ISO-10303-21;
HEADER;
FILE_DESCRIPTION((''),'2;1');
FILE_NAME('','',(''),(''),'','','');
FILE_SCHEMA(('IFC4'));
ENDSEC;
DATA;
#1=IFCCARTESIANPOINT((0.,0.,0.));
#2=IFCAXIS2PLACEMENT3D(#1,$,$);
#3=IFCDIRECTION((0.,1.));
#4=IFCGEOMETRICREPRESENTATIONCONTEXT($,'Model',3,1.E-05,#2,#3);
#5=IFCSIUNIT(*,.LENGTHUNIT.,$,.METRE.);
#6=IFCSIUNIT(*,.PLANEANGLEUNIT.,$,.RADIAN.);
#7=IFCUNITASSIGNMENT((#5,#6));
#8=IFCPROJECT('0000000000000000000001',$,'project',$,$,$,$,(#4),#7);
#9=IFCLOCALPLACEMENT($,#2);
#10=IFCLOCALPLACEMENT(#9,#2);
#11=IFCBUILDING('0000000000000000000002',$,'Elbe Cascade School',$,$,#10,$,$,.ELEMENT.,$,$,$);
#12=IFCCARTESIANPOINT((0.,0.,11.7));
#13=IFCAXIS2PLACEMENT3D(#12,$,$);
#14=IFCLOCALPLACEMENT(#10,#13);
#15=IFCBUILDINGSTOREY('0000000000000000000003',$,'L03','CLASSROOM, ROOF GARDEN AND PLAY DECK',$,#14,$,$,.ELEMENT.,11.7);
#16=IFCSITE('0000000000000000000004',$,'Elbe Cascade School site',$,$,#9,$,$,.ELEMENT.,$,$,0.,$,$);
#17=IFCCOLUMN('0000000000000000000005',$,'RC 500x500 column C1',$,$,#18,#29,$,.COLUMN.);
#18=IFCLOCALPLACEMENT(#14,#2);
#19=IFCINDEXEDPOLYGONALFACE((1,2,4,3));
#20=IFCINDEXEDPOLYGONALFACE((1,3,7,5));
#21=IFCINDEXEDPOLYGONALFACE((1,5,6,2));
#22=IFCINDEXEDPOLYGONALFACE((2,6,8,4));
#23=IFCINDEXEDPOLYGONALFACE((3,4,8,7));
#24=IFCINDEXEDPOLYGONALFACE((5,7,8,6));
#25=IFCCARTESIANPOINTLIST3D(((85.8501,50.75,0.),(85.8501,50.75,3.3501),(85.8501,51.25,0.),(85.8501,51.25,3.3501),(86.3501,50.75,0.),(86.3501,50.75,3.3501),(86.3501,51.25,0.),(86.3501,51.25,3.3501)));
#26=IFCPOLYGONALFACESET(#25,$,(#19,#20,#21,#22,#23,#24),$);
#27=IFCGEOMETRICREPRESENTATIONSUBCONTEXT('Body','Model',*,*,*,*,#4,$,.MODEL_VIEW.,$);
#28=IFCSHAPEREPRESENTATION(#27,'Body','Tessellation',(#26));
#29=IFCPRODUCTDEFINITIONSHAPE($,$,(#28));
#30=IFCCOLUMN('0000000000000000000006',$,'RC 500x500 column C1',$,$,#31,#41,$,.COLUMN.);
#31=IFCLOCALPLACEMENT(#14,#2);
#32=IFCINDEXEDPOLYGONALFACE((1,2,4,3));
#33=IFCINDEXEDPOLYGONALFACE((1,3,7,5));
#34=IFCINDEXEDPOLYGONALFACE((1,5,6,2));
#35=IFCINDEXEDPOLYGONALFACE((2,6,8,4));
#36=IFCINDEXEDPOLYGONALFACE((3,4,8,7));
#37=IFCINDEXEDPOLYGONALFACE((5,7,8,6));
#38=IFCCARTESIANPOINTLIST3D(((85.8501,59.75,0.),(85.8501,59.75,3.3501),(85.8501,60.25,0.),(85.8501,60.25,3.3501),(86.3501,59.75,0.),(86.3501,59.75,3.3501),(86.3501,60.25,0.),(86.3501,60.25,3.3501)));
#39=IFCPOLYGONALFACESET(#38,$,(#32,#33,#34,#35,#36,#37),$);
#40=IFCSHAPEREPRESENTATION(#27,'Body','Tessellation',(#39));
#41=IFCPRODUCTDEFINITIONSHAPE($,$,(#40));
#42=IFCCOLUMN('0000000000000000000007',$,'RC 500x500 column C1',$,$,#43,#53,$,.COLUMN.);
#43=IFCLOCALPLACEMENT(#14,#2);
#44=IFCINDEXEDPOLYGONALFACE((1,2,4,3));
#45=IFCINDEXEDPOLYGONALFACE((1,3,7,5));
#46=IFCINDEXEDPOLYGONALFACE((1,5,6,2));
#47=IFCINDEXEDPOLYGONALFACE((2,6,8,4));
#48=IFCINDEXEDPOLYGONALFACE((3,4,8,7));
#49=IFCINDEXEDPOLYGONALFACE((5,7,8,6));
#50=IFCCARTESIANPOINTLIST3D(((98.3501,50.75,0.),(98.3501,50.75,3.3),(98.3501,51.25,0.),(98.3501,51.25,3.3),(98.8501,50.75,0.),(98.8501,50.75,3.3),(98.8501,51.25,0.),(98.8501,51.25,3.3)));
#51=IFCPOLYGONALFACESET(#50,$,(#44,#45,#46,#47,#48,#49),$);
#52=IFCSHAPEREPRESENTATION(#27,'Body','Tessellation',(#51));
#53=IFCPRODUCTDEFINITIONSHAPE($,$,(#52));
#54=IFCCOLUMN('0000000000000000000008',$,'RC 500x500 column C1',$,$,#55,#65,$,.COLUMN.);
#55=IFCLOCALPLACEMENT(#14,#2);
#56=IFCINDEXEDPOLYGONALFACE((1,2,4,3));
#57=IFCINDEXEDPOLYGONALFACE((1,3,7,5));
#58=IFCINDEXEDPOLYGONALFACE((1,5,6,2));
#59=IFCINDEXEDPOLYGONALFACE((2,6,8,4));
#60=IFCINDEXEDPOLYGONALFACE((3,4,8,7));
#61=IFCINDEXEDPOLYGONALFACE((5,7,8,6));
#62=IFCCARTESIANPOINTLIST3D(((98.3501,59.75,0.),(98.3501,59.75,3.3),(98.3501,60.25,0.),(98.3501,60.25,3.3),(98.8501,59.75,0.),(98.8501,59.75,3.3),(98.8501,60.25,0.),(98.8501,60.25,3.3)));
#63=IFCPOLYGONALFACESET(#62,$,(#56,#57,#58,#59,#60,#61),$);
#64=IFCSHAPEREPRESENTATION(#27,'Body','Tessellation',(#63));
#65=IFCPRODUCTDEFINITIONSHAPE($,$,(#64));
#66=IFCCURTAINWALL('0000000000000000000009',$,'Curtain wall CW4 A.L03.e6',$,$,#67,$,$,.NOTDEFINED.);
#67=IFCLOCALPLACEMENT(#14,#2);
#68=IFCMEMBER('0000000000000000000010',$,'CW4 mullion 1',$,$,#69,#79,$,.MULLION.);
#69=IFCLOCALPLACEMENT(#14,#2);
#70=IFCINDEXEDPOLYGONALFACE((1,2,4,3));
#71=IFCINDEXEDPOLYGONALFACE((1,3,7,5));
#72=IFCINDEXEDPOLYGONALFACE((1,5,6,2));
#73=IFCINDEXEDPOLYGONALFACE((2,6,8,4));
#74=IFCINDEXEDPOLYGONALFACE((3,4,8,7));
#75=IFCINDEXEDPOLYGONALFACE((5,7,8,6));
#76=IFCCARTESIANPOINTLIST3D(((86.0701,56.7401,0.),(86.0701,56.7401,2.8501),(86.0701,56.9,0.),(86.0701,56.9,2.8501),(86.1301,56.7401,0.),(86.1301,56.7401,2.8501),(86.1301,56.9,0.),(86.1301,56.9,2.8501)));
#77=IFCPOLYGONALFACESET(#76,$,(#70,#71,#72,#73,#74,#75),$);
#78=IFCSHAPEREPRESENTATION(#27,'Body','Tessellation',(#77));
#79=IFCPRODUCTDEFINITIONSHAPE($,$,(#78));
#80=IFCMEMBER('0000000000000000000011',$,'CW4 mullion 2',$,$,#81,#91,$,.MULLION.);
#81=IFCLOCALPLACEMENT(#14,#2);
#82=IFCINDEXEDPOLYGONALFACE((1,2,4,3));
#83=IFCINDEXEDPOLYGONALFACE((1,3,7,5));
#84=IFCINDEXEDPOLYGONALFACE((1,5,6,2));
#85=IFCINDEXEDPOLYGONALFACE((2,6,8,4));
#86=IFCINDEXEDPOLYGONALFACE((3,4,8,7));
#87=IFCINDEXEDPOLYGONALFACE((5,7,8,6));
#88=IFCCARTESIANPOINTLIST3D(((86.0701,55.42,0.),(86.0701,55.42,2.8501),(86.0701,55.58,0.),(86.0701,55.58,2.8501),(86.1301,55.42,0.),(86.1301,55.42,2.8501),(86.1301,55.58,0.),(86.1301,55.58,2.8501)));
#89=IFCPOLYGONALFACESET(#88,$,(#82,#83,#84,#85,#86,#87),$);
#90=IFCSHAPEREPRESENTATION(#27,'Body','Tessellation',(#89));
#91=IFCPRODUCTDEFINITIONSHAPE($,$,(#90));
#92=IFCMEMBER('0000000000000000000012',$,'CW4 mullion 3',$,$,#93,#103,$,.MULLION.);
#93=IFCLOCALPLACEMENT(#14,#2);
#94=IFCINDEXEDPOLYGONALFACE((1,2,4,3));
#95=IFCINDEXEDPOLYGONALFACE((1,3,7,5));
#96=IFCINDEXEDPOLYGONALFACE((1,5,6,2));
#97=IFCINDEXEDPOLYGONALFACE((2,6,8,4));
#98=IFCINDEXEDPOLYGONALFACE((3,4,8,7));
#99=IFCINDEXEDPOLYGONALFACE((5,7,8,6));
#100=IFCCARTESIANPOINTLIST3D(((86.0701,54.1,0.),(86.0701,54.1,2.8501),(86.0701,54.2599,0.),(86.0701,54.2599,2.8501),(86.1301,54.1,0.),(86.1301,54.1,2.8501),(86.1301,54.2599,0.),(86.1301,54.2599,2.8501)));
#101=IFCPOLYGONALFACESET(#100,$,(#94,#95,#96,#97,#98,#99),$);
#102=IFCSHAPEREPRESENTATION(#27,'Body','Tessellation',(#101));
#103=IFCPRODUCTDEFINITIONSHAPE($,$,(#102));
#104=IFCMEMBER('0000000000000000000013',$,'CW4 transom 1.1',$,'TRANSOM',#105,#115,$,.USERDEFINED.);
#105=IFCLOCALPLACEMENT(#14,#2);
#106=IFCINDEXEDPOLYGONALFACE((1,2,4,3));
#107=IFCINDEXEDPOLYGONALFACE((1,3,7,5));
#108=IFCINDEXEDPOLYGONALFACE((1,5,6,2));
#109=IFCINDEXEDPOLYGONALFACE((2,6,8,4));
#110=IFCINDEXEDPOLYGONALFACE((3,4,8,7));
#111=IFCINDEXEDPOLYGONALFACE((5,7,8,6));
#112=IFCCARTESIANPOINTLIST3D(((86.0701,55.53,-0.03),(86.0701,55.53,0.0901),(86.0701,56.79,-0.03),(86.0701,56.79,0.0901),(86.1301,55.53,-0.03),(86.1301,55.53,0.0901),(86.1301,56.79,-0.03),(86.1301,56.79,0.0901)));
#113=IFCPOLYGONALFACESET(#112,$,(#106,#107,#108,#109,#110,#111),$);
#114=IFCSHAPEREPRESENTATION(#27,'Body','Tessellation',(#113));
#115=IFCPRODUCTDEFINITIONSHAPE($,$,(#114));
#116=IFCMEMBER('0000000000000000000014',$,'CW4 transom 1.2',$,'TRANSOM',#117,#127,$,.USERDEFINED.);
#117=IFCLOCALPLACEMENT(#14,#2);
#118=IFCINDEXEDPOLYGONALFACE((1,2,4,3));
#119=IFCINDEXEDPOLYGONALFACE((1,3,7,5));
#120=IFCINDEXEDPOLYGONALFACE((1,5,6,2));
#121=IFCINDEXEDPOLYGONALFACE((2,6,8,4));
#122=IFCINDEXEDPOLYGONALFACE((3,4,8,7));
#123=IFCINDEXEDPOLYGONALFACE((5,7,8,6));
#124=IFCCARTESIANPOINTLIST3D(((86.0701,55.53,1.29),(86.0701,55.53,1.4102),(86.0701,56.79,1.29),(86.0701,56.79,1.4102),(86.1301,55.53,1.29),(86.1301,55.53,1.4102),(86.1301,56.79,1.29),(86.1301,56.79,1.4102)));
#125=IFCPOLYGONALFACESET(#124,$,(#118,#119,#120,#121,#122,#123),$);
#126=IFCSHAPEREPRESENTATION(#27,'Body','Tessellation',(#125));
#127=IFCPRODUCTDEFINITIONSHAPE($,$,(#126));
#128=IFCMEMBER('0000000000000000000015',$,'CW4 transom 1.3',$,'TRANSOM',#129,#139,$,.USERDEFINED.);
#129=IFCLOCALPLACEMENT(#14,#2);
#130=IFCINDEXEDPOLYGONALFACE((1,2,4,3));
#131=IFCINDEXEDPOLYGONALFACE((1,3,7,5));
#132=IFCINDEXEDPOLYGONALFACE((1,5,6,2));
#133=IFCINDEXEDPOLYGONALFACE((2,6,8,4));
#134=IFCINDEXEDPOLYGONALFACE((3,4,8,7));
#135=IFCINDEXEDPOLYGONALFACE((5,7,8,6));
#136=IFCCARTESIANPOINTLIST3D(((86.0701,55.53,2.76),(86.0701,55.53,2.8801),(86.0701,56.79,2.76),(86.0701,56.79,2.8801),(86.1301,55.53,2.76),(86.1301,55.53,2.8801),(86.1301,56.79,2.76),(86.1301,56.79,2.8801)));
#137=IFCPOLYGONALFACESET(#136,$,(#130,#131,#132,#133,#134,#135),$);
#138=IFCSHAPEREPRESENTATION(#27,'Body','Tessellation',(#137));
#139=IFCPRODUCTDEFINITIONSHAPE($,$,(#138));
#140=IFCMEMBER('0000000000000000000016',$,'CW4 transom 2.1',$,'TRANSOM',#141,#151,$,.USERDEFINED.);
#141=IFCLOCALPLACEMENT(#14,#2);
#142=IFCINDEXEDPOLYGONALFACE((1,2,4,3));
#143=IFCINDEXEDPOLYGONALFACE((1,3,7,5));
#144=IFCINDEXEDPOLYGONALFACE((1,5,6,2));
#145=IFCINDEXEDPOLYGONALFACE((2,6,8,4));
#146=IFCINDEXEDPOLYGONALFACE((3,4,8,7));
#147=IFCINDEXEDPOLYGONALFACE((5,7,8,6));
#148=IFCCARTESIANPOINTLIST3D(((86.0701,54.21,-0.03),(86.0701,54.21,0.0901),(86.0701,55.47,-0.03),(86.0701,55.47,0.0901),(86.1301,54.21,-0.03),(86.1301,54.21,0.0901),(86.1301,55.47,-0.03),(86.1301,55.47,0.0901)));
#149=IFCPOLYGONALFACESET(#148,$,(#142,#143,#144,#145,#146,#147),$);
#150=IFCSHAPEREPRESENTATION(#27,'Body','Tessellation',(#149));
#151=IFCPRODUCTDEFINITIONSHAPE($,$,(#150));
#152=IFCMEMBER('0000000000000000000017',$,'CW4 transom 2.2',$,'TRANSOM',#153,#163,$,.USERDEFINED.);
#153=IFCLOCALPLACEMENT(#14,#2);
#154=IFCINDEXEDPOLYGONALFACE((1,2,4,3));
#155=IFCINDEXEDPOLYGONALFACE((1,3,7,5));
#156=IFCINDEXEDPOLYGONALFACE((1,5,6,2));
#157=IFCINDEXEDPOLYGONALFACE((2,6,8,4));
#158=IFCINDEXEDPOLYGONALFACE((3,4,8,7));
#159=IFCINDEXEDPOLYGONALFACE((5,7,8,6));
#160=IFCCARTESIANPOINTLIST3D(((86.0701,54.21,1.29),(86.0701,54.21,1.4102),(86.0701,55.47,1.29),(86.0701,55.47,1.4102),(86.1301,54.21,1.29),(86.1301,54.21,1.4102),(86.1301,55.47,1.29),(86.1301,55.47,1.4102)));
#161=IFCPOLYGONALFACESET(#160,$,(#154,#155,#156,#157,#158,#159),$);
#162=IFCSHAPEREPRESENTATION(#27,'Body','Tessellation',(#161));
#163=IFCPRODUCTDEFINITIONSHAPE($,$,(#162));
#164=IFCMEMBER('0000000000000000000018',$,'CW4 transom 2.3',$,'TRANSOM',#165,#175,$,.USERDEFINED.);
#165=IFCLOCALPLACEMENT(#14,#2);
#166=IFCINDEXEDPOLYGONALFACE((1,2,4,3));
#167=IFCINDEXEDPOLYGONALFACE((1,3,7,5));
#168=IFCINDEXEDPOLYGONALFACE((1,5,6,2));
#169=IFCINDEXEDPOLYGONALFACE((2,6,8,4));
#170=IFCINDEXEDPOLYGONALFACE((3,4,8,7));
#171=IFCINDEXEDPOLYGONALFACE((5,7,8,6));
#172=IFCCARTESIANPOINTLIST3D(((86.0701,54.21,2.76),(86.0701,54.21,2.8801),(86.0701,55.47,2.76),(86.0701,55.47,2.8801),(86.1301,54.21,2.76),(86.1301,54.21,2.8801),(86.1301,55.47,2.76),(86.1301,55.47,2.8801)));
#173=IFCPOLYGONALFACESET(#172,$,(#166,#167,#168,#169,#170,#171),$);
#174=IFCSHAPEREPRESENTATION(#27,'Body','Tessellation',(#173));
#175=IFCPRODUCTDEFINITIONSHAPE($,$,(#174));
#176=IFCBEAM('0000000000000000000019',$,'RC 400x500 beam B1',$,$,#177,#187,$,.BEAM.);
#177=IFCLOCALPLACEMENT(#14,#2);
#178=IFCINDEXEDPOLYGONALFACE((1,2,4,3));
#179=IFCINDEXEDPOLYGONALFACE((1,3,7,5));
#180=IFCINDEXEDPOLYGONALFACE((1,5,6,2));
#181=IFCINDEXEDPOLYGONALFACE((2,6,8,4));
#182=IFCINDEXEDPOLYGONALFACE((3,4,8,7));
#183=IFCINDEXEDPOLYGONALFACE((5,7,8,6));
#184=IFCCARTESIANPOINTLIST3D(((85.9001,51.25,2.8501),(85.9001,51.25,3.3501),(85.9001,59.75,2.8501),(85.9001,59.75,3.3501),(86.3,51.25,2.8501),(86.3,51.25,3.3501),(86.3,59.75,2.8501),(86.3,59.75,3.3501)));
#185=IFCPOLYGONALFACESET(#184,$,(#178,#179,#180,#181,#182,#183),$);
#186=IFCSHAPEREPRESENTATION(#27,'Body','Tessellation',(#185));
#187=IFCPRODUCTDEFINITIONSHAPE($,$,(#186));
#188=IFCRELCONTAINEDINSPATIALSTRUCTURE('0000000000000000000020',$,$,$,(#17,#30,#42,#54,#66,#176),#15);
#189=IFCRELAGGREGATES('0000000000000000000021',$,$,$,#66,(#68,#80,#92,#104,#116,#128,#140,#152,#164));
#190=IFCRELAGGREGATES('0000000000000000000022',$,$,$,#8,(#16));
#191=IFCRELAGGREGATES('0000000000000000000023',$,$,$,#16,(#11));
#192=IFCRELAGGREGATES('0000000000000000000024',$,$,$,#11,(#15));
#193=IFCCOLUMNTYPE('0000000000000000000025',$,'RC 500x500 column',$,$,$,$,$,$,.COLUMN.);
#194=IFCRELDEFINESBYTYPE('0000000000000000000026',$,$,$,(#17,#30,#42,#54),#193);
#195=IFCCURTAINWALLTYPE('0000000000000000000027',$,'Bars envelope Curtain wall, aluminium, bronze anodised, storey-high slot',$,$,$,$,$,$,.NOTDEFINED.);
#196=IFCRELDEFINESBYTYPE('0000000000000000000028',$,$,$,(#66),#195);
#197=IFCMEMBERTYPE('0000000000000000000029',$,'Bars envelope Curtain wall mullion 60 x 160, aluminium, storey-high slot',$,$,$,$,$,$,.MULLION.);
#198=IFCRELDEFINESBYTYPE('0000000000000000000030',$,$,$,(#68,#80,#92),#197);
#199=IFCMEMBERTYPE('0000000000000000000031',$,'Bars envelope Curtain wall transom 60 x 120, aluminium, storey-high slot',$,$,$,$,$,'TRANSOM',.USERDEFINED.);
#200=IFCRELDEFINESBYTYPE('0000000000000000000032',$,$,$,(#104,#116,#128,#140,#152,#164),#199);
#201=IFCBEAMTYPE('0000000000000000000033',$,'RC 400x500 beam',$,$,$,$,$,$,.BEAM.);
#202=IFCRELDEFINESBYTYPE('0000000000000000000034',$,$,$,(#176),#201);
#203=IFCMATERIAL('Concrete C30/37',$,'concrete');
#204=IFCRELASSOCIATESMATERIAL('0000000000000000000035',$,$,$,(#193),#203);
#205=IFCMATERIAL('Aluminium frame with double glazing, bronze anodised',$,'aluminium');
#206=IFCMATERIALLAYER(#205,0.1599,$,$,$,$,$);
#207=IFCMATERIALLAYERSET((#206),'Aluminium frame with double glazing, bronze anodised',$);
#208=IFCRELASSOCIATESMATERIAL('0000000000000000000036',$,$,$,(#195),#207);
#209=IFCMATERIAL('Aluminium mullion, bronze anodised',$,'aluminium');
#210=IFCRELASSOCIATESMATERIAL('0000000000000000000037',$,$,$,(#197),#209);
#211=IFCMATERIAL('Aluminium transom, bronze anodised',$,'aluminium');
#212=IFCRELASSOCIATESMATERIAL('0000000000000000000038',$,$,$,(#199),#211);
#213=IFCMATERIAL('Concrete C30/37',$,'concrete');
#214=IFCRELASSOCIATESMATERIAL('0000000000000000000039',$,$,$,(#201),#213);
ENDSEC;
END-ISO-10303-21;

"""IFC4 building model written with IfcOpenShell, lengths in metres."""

from ifc_helpers import new_model, si_unit, direction, frame, origin, origin_2d, place, context, subcontext, project, spatial, rectangle, extrude, material, layer, layer_set, material_profile, profile_set, type_object, element, aggregate, save


model = new_model("IFC4")

# Units and contexts
model_context = context("Model", 3, precision=1e-05, world=origin(), true_north=direction((0.0, 1.0)))
body_context = subcontext(model_context, "Body", "Model", "MODEL_VIEW")
ifc_project = project(units=[si_unit("LENGTHUNIT", "METRE"), si_unit("PLANEANGLEUNIT", "RADIAN")], contexts=[model_context])

# Site, building, storey
site_placement = place(None, origin())
site = spatial("IfcSite", under=ifc_project, at=site_placement, Name="Elbe Cascade School site", CompositionType="ELEMENT", RefElevation=0.0)
building_placement = place(site_placement, origin())
building = spatial("IfcBuilding", under=site, at=building_placement, Name="Elbe Cascade School", CompositionType="ELEMENT")
storey_placement = place(building_placement, frame((0.0, 0.0, 11.7)))
storey = spatial("IfcBuildingStorey", under=building, at=storey_placement, Name="L03", Description="CLASSROOM, ROOF GARDEN AND PLAY DECK", CompositionType="ELEMENT", Elevation=11.7)

# Columns
ifc_material_1 = material(Name="Concrete C30/37", Category="concrete")
ifc_material_profile_1 = material_profile(ifc_material_1, rectangle(XDim=0.5, YDim=0.5, at=origin_2d()), Name="RC 500x500")
ifc_profile_set_1 = profile_set([ifc_material_profile_1], Name="Concrete C30/37")
column_type = type_object("IfcColumnType", Name="RC 500x500 column", PredefinedType="COLUMN", material=ifc_profile_set_1)
for number, where, z_axis, x_axis, name in (
    (1, (86.1001, 51.0, 0.0), (0.0, 0.0, 1.0), (1.0, 0.0, 0.0), "RC 500x500 column C1"),
    (2, (86.1001, 60.0, 0.0), (0.0, 0.0, 1.0), (1.0, 0.0, 0.0), "RC 500x500 column C1"),
):
    element("IfcColumn", number, at=place(storey_placement, frame(where, z_axis=z_axis, x_axis=x_axis)), inside=storey, type_object=column_type, Name=name, PredefinedType="COLUMN", context=body_context, shape_type="SweptSolid", body=[
        extrude(rectangle(XDim=0.5, YDim=0.5, at=origin_2d()), origin(), (0.0, 0.0, 1.0), 3.3501),
    ])
for number, where, z_axis, x_axis, name in (
    (3, (98.6001, 51.0, 0.0), (0.0, 0.0, 1.0), (1.0, 0.0, 0.0), "RC 500x500 column C1"),
    (4, (98.6001, 60.0, 0.0), (0.0, 0.0, 1.0), (1.0, 0.0, 0.0), "RC 500x500 column C1"),
):
    element("IfcColumn", number, at=place(storey_placement, frame(where, z_axis=z_axis, x_axis=x_axis)), inside=storey, type_object=column_type, Name=name, PredefinedType="COLUMN", context=body_context, shape_type="SweptSolid", body=[
        extrude(rectangle(XDim=0.5, YDim=0.5, at=origin_2d()), origin(), (0.0, 0.0, 1.0), 3.3),
    ])

# Curtain wall, members
ifc_material_2 = material(Name="Aluminium frame with double glazing, bronze anodised", Category="aluminium")
ifc_layer_1 = layer(ifc_material_2, 0.1599)
ifc_layer_set_1 = layer_set([ifc_layer_1], Name="Aluminium frame with double glazing, bronze anodised")
curtain_wall_type = type_object("IfcCurtainWallType", Name="Bars envelope Curtain wall, aluminium, bronze anodised, storey-high slot", PredefinedType="NOTDEFINED", material=ifc_layer_set_1)
curtain_wall_placement = place(storey_placement, origin())
curtain_wall = element("IfcCurtainWall", 5, at=curtain_wall_placement, inside=storey, type_object=curtain_wall_type, Name="Curtain wall CW4 A.L03.e6", PredefinedType="NOTDEFINED")
ifc_material_3 = material(Name="Aluminium mullion, bronze anodised", Category="aluminium")
ifc_material_profile_2 = material_profile(ifc_material_3, rectangle(XDim=0.0601, YDim=0.1599, at=origin_2d()), Name="Bars envelope Curtain wall mullion 60 x 160, aluminium, storey-high slot")
ifc_profile_set_2 = profile_set([ifc_material_profile_2], Name="Aluminium mullion, bronze anodised")
member_type_1 = type_object("IfcMemberType", Name="Bars envelope Curtain wall mullion 60 x 160, aluminium, storey-high slot", PredefinedType="MULLION", material=ifc_profile_set_2)
member_1_placement = place(storey_placement, frame((86.1001, 56.8201, 0.0), z_axis=(0.0, 0.0, 1.0), x_axis=(1.0, 0.0, 0.0)))
member_1 = element("IfcMember", 6, at=member_1_placement, type_object=member_type_1, Name="CW4 mullion 1", PredefinedType="MULLION", context=body_context, shape_type="SweptSolid", body=[
    extrude(rectangle(XDim=0.0601, YDim=0.1599, at=origin_2d()), origin(), (0.0, 0.0, 1.0), 2.8501),
])
member_2_placement = place(storey_placement, frame((86.1001, 55.5, 0.0), z_axis=(0.0, 0.0, 1.0), x_axis=(1.0, 0.0, 0.0)))
member_2 = element("IfcMember", 7, at=member_2_placement, type_object=member_type_1, Name="CW4 mullion 2", PredefinedType="MULLION", context=body_context, shape_type="SweptSolid", body=[
    extrude(rectangle(XDim=0.0601, YDim=0.1599, at=origin_2d()), origin(), (0.0, 0.0, 1.0), 2.8501),
])
member_3_placement = place(storey_placement, frame((86.1001, 54.1799, 0.0), z_axis=(0.0, 0.0, 1.0), x_axis=(1.0, 0.0, 0.0)))
member_3 = element("IfcMember", 8, at=member_3_placement, type_object=member_type_1, Name="CW4 mullion 3", PredefinedType="MULLION", context=body_context, shape_type="SweptSolid", body=[
    extrude(rectangle(XDim=0.0601, YDim=0.1599, at=origin_2d()), origin(), (0.0, 0.0, 1.0), 2.8501),
])
ifc_material_4 = material(Name="Aluminium transom, bronze anodised", Category="aluminium")
ifc_material_profile_3 = material_profile(ifc_material_4, rectangle(XDim=0.0601, YDim=0.1201, at=origin_2d()), Name="Bars envelope Curtain wall transom 60 x 120, aluminium, storey-high slot")
ifc_profile_set_3 = profile_set([ifc_material_profile_3], Name="Aluminium transom, bronze anodised")
member_type_2 = type_object("IfcMemberType", Name="Bars envelope Curtain wall transom 60 x 120, aluminium, storey-high slot", ElementType="TRANSOM", PredefinedType="USERDEFINED", material=ifc_profile_set_3)
member_4_placement = place(storey_placement, frame((86.1001, 56.79, 0.03), z_axis=(0.0, -1.0, 0.0), x_axis=(1.0, 0.0, 0.0)))
member_4 = element("IfcMember", 9, at=member_4_placement, type_object=member_type_2, Name="CW4 transom 1.1", ObjectType="TRANSOM", PredefinedType="USERDEFINED", context=body_context, shape_type="SweptSolid", body=[
    extrude(rectangle(XDim=0.0601, YDim=0.1201, at=origin_2d()), origin(), (0.0, 0.0, 1.0), 1.26),
])
member_5_placement = place(storey_placement, frame((86.1001, 56.79, 1.3501), z_axis=(0.0, -1.0, 0.0), x_axis=(1.0, 0.0, 0.0)))
member_5 = element("IfcMember", 10, at=member_5_placement, type_object=member_type_2, Name="CW4 transom 1.2", ObjectType="TRANSOM", PredefinedType="USERDEFINED", context=body_context, shape_type="SweptSolid", body=[
    extrude(rectangle(XDim=0.0601, YDim=0.1201, at=origin_2d()), origin(), (0.0, 0.0, 1.0), 1.26),
])
member_6_placement = place(storey_placement, frame((86.1001, 56.79, 2.8201), z_axis=(0.0, -1.0, 0.0), x_axis=(1.0, 0.0, 0.0)))
member_6 = element("IfcMember", 11, at=member_6_placement, type_object=member_type_2, Name="CW4 transom 1.3", ObjectType="TRANSOM", PredefinedType="USERDEFINED", context=body_context, shape_type="SweptSolid", body=[
    extrude(rectangle(XDim=0.0601, YDim=0.1201, at=origin_2d()), origin(), (0.0, 0.0, 1.0), 1.26),
])
member_7_placement = place(storey_placement, frame((86.1001, 55.47, 0.03), z_axis=(0.0, -1.0, 0.0), x_axis=(1.0, 0.0, 0.0)))
member_7 = element("IfcMember", 12, at=member_7_placement, type_object=member_type_2, Name="CW4 transom 2.1", ObjectType="TRANSOM", PredefinedType="USERDEFINED", context=body_context, shape_type="SweptSolid", body=[
    extrude(rectangle(XDim=0.0601, YDim=0.1201, at=origin_2d()), origin(), (0.0, 0.0, 1.0), 1.26),
])
member_8_placement = place(storey_placement, frame((86.1001, 55.47, 1.3501), z_axis=(0.0, -1.0, 0.0), x_axis=(1.0, 0.0, 0.0)))
member_8 = element("IfcMember", 13, at=member_8_placement, type_object=member_type_2, Name="CW4 transom 2.2", ObjectType="TRANSOM", PredefinedType="USERDEFINED", context=body_context, shape_type="SweptSolid", body=[
    extrude(rectangle(XDim=0.0601, YDim=0.1201, at=origin_2d()), origin(), (0.0, 0.0, 1.0), 1.26),
])
member_9_placement = place(storey_placement, frame((86.1001, 55.47, 2.8201), z_axis=(0.0, -1.0, 0.0), x_axis=(1.0, 0.0, 0.0)))
member_9 = element("IfcMember", 14, at=member_9_placement, type_object=member_type_2, Name="CW4 transom 2.3", ObjectType="TRANSOM", PredefinedType="USERDEFINED", context=body_context, shape_type="SweptSolid", body=[
    extrude(rectangle(XDim=0.0601, YDim=0.1201, at=origin_2d()), origin(), (0.0, 0.0, 1.0), 1.26),
])

# Beam
ifc_material_5 = material(Name="Concrete C30/37", Category="concrete")
ifc_material_profile_4 = material_profile(ifc_material_5, rectangle(XDim=0.3999, YDim=0.5, at=origin_2d()), Name="RC 400x500")
ifc_profile_set_4 = profile_set([ifc_material_profile_4], Name="Concrete C30/37")
beam_type_1 = type_object("IfcBeamType", Name="RC 400x500 beam", PredefinedType="BEAM", material=ifc_profile_set_4)
beam_1_placement = place(storey_placement, frame((86.1001, 51.25, 3.1001), z_axis=(0.0, 1.0, 0.0), x_axis=(-1.0, 0.0, 0.0)))
element("IfcBeam", 15, at=beam_1_placement, inside=storey, type_object=beam_type_1, Name="RC 400x500 beam B1", PredefinedType="BEAM", context=body_context, shape_type="SweptSolid", body=[
    extrude(rectangle(XDim=0.3999, YDim=0.5, at=origin_2d()), origin(), (0.0, 0.0, 1.0), 8.5),
])

aggregate(curtain_wall, [member_1, member_2, member_3, member_4, member_5, member_6, member_7, member_8, member_9])

save(model, "model.ifc")
